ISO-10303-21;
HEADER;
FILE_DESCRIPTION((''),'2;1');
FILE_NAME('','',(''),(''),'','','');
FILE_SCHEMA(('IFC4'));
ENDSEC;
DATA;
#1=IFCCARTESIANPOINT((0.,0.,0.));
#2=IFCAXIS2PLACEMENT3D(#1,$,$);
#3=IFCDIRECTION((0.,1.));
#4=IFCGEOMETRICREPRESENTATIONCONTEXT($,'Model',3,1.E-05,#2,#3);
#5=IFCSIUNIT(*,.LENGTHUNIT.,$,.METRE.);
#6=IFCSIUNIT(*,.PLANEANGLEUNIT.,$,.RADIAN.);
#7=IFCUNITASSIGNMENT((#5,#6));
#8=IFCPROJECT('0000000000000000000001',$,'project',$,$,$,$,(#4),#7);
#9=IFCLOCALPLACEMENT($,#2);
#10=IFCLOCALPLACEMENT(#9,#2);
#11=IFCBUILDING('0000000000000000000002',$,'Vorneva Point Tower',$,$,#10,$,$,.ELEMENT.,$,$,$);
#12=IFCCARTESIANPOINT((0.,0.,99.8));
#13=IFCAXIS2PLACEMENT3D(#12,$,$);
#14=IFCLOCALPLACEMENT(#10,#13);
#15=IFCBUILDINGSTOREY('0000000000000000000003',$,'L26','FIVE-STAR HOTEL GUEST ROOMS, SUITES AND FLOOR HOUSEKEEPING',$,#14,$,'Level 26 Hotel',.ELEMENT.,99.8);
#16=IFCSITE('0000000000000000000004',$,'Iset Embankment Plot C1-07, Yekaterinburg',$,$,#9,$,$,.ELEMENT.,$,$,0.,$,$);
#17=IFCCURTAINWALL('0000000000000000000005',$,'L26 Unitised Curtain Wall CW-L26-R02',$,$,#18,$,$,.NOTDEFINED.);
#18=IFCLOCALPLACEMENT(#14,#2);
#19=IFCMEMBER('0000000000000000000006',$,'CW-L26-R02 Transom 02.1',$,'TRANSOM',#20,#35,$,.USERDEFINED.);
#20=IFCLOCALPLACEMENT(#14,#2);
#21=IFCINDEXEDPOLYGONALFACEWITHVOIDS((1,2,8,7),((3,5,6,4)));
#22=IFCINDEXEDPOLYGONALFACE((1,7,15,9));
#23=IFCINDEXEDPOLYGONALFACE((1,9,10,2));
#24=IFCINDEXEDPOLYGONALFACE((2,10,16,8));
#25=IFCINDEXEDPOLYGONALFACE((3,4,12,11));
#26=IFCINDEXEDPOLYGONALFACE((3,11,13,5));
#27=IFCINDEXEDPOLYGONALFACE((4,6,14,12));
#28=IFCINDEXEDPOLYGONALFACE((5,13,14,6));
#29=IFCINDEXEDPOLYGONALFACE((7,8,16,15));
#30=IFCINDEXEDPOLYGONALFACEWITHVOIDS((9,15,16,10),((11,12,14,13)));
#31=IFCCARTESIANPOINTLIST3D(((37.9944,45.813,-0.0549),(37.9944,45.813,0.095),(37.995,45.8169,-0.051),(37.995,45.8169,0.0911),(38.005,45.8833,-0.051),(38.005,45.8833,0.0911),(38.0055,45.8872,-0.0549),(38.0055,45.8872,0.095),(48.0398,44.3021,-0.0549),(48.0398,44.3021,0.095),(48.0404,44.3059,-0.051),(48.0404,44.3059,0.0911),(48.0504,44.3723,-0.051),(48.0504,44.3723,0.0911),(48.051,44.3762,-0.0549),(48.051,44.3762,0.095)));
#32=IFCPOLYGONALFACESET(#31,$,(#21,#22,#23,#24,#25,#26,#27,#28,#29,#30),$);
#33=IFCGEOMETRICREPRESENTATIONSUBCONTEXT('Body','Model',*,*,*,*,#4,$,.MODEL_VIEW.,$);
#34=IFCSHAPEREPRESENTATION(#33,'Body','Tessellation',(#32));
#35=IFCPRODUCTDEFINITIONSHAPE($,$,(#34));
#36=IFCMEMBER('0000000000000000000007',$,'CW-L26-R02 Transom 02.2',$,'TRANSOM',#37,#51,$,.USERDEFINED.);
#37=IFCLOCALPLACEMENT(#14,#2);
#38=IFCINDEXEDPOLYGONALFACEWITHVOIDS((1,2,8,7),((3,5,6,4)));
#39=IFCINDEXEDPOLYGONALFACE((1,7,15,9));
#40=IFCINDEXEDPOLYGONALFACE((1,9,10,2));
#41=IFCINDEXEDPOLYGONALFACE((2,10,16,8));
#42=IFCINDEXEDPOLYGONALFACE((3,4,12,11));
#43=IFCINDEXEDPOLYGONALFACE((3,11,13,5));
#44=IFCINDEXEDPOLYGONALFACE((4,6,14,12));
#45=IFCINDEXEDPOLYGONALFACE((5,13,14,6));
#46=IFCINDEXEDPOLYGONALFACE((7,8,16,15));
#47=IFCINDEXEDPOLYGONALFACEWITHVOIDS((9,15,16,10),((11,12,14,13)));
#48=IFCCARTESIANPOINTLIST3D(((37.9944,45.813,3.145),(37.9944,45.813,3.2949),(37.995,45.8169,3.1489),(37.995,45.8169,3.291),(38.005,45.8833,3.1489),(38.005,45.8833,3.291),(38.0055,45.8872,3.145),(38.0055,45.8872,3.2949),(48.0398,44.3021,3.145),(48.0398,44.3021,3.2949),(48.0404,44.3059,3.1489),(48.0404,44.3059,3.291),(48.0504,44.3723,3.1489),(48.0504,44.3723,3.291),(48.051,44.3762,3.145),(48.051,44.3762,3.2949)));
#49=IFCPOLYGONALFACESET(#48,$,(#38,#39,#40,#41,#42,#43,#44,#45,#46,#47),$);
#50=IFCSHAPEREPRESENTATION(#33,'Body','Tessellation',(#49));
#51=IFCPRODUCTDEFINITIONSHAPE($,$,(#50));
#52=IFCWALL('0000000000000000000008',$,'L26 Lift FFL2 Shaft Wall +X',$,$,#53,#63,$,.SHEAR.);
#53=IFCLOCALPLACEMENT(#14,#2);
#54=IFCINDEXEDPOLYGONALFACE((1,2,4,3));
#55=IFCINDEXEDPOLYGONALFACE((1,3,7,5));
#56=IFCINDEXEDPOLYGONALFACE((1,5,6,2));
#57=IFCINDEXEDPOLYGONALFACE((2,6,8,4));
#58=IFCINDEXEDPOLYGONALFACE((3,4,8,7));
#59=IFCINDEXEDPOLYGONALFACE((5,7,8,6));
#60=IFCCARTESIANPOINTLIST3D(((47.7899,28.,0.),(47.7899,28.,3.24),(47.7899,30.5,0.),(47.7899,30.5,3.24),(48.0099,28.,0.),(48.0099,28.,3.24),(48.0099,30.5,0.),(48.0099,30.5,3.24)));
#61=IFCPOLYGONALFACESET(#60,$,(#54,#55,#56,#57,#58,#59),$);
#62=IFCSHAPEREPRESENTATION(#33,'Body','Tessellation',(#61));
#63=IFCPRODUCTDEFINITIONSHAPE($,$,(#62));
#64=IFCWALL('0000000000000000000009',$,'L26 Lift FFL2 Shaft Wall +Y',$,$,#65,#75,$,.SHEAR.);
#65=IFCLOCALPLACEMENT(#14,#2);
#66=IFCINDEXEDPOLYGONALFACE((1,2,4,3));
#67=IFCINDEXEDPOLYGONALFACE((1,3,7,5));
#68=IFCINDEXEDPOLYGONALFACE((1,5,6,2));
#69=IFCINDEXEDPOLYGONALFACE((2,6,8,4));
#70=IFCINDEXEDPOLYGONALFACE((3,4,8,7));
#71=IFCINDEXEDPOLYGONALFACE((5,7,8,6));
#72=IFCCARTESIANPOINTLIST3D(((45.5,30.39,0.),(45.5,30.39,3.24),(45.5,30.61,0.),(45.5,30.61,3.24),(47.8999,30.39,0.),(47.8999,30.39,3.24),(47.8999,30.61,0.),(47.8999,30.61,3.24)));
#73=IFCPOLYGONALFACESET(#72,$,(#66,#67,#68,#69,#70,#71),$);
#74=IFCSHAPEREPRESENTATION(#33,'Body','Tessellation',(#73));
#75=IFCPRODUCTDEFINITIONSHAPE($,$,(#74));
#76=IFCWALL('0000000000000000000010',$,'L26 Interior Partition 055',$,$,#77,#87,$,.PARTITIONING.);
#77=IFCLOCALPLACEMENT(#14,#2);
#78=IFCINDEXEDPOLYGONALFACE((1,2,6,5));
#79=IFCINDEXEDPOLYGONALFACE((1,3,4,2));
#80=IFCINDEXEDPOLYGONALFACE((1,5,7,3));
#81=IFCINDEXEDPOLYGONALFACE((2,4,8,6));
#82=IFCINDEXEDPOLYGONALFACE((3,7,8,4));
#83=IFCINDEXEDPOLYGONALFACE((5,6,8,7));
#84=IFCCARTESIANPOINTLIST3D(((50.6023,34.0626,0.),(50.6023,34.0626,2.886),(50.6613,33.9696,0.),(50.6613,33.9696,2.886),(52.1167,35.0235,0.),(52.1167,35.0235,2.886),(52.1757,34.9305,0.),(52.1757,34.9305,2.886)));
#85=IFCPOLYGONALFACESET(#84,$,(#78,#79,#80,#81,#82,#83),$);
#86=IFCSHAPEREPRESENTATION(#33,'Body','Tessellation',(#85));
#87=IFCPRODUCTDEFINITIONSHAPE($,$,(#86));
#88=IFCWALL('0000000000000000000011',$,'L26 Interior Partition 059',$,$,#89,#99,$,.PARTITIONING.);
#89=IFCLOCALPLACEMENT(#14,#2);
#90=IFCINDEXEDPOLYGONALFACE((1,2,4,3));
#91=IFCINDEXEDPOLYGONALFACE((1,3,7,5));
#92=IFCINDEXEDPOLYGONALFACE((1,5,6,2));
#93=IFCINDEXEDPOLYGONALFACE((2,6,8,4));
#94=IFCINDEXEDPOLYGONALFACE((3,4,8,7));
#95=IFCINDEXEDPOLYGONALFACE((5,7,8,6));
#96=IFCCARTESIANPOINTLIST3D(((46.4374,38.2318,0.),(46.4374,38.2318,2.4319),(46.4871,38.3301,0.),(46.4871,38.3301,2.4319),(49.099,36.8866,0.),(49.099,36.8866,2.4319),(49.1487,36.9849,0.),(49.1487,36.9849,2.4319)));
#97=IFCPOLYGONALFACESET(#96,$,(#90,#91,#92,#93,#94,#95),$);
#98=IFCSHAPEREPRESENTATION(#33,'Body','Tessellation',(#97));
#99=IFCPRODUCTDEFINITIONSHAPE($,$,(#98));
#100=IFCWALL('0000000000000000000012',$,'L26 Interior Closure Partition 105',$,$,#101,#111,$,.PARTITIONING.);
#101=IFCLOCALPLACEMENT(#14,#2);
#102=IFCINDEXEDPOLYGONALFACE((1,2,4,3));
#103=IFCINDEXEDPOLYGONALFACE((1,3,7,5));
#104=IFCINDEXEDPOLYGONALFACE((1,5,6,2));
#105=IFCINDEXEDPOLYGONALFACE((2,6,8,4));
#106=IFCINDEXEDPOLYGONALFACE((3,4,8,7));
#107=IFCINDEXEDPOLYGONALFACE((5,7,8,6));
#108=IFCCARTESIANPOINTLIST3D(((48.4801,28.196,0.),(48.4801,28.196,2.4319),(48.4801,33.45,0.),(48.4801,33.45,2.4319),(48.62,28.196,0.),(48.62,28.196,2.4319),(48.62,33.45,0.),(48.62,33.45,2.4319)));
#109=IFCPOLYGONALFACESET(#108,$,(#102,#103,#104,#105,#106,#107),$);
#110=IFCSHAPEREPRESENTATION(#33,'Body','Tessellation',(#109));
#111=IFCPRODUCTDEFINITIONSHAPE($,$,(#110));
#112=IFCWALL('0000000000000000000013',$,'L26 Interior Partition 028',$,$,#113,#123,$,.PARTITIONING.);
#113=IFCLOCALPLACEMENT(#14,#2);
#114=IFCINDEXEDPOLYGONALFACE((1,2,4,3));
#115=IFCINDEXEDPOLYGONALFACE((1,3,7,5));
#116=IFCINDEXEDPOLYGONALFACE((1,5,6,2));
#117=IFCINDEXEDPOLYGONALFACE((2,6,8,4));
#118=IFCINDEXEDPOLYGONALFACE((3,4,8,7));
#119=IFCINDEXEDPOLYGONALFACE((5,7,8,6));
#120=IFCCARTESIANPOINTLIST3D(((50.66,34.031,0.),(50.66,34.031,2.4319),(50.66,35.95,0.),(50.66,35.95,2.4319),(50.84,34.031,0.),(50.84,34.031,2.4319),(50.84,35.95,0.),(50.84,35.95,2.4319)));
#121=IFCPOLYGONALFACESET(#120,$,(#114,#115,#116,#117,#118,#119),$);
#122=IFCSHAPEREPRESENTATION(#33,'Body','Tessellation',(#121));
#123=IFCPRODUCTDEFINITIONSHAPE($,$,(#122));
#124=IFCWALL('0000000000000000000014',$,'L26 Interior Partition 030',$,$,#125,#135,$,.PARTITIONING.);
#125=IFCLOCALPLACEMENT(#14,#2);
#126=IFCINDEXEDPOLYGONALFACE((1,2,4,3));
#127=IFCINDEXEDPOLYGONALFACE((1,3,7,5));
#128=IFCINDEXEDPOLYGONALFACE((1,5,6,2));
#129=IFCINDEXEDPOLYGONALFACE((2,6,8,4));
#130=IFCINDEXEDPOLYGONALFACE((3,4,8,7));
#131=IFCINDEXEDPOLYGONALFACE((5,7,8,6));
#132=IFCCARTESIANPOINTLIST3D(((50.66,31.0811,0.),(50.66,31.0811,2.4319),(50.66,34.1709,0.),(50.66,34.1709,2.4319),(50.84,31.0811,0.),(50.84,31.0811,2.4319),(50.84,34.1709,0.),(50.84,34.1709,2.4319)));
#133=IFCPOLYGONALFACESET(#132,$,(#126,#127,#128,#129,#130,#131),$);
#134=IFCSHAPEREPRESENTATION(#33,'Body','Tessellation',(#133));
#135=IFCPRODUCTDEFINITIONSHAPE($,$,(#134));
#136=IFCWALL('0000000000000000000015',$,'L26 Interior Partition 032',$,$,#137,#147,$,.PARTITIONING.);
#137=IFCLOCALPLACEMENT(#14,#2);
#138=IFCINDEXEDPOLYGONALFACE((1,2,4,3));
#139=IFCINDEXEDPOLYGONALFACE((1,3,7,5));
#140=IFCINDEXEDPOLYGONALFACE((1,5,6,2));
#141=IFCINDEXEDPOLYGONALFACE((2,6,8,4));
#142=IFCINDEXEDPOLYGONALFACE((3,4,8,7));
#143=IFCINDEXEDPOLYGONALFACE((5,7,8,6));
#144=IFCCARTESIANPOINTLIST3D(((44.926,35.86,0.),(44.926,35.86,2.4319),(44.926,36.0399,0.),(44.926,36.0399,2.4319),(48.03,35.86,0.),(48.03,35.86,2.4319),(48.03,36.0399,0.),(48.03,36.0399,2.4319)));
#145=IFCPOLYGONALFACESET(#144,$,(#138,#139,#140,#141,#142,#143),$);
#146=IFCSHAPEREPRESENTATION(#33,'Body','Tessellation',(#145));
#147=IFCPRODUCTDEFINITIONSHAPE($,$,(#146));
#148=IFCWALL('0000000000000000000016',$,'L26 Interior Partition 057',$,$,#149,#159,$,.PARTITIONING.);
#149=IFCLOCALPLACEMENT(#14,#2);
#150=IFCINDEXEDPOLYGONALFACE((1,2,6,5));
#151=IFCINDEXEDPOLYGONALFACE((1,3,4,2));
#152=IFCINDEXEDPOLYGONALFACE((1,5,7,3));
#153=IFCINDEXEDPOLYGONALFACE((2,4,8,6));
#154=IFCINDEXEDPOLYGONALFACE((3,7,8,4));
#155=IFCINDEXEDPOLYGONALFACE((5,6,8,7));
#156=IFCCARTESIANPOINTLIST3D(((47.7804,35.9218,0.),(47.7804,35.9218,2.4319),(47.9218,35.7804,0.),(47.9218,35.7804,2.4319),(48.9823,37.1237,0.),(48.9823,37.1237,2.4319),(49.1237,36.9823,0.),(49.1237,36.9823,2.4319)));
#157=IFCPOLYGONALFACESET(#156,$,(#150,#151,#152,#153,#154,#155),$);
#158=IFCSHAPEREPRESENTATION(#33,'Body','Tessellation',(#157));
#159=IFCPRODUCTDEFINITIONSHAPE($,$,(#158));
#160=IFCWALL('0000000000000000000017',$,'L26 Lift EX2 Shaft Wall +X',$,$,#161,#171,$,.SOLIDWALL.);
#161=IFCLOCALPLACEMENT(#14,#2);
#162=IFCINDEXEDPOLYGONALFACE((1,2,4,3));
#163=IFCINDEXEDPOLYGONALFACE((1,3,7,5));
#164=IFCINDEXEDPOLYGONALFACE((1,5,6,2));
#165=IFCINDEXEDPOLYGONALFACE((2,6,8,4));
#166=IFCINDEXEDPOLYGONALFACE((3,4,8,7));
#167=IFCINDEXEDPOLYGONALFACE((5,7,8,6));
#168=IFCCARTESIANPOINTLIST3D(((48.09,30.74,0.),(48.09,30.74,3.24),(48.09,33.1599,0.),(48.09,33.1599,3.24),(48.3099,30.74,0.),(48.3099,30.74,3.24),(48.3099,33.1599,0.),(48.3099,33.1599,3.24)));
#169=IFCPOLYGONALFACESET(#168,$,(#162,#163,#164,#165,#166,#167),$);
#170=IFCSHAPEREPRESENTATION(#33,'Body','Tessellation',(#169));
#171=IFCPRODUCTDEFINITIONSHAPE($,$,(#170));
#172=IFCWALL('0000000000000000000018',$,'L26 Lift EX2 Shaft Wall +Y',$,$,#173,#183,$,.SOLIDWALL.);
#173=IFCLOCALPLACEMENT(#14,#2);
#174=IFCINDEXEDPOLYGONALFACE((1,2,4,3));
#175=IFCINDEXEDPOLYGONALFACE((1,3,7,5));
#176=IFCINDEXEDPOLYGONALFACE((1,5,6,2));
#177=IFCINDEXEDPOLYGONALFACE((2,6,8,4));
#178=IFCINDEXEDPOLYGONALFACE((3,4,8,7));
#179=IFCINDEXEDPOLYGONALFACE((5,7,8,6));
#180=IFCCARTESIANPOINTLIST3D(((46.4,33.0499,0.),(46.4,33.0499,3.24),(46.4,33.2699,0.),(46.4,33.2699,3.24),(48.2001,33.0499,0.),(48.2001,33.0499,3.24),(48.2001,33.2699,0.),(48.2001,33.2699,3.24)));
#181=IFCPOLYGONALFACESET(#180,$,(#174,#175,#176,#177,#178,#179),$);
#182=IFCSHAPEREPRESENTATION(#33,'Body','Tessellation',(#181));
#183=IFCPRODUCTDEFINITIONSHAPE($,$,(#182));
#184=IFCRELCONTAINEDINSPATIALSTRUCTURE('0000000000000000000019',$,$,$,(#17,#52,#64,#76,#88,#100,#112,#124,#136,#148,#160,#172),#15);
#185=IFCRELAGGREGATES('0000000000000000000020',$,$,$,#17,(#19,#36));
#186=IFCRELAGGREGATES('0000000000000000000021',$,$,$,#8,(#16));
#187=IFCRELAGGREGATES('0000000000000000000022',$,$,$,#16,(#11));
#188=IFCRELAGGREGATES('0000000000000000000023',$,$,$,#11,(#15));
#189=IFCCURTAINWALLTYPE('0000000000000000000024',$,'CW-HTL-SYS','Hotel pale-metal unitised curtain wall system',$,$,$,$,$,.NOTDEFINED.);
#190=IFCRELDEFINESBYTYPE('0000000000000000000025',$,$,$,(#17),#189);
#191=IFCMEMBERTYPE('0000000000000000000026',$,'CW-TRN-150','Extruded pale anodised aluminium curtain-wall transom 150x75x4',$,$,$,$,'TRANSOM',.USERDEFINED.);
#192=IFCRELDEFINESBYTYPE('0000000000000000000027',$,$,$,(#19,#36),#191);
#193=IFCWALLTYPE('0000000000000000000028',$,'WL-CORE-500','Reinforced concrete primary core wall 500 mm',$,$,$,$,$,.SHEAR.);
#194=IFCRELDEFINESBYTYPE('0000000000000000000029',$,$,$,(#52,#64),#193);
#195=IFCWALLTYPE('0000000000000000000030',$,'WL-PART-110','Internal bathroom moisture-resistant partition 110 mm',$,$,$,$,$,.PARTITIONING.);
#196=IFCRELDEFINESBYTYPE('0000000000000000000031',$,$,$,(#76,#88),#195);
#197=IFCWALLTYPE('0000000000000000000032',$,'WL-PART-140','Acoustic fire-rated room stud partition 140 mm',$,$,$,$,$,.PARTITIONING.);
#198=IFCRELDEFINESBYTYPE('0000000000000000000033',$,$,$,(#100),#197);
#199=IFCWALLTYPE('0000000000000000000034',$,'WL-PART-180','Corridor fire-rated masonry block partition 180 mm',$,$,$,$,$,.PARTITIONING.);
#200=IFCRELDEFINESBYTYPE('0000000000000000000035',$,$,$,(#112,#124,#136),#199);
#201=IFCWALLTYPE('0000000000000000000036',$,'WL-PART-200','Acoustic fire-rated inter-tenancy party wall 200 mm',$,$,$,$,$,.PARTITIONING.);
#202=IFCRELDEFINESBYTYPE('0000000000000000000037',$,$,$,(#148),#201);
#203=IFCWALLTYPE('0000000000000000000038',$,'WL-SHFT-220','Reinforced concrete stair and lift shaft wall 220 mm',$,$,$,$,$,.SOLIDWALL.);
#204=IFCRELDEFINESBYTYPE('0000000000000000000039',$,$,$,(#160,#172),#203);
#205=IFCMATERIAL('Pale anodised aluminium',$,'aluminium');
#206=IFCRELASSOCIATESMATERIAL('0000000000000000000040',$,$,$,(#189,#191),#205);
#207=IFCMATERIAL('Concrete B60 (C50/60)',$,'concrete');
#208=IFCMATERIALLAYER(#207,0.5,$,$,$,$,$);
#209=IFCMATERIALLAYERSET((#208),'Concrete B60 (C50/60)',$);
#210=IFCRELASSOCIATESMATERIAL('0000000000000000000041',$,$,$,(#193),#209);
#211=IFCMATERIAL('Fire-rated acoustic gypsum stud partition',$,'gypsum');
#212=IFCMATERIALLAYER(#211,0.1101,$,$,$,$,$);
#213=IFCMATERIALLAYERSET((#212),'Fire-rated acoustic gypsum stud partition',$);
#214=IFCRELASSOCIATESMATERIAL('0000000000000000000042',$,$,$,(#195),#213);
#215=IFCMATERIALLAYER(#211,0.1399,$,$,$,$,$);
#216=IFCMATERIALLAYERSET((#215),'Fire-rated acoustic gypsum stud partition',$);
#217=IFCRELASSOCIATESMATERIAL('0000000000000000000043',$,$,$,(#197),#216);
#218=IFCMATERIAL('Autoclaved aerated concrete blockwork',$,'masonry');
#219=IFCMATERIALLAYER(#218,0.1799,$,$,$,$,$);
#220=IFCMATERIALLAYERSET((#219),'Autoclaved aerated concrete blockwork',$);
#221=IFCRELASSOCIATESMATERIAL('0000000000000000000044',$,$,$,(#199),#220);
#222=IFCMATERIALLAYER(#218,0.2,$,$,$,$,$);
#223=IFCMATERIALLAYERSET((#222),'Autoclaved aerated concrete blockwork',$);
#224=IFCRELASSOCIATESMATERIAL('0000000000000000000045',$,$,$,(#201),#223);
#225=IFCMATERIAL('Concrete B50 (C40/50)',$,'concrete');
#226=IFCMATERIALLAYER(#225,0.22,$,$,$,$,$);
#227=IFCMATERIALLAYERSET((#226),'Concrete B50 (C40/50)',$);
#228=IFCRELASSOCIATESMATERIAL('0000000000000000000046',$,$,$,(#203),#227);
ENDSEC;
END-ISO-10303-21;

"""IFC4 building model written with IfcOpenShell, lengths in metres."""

from ifc_helpers import new_model, si_unit, direction, frame, frame_2d, origin, origin_2d, place, context, subcontext, project, spatial, rectangle, hollow_rectangle, extrude, material, layer, layer_set, material_profile, profile_set, type_object, element, aggregate, save


model = new_model("IFC4")

# Units and contexts
model_context = context("Model", 3, precision=1e-05, world=origin(), true_north=direction((0.0, 1.0)))
body_context = subcontext(model_context, "Body", "Model", "MODEL_VIEW")
ifc_project = project(units=[si_unit("LENGTHUNIT", "METRE"), si_unit("PLANEANGLEUNIT", "RADIAN")], contexts=[model_context])

# Site, building, storey
site_placement = place(None, origin())
site = spatial("IfcSite", under=ifc_project, at=site_placement, Name="Iset Embankment Plot C1-07, Yekaterinburg", CompositionType="ELEMENT", RefElevation=0.0)
building_placement = place(site_placement, origin())
building = spatial("IfcBuilding", under=site, at=building_placement, Name="Vorneva Point Tower", CompositionType="ELEMENT")
storey_placement = place(building_placement, frame((0.0, 0.0, 99.8)))
storey = spatial("IfcBuildingStorey", under=building, at=storey_placement, Name="L26", Description="FIVE-STAR HOTEL GUEST ROOMS, SUITES AND FLOOR HOUSEKEEPING", LongName="Level 26 Hotel", CompositionType="ELEMENT", Elevation=99.8)

# Shared definitions
ifc_material_1 = material(Name="Concrete B60 (C50/60)", Category="concrete")

# Curtain wall, members
ifc_material_2 = material(Name="Pale anodised aluminium", Category="aluminium")
curtain_wall_type = type_object("IfcCurtainWallType", Name="CW-HTL-SYS", Description="Hotel pale-metal unitised curtain wall system", PredefinedType="NOTDEFINED", material=ifc_material_2)
curtain_wall_placement = place(storey_placement, origin())
curtain_wall = element("IfcCurtainWall", 1, at=curtain_wall_placement, inside=storey, type_object=curtain_wall_type, Name="L26 Unitised Curtain Wall CW-L26-R02", PredefinedType="NOTDEFINED")
ifc_material_profile_1 = material_profile(ifc_material_2, hollow_rectangle(XDim=0.075, YDim=0.1499, WallThickness=0.0039, at=origin_2d()), Name="AL-TRN 150x75x4")
ifc_profile_set_1 = profile_set([ifc_material_profile_1], Name="Pale anodised aluminium")
member_type_1 = type_object("IfcMemberType", Name="CW-TRN-150", Description="Extruded pale anodised aluminium curtain-wall transom 150x75x4", ElementType="TRANSOM", PredefinedType="USERDEFINED", material=ifc_profile_set_1)
member_1_placement = place(storey_placement, frame((48.0454, 44.3391, 0.02), z_axis=(-0.988876, 0.148742, 0.0), x_axis=(-0.148742, -0.988876, 0.0)))
member_1 = element("IfcMember", 2, at=member_1_placement, type_object=member_type_1, Name="CW-L26-R02 Transom 02.1", ObjectType="TRANSOM", PredefinedType="USERDEFINED", context=body_context, shape_type="SweptSolid", body=[
    extrude(hollow_rectangle(XDim=0.075, YDim=0.1499, WallThickness=0.0039, at=origin_2d()), origin(), (0.0, 0.0, 1.0), 10.1584),
])
member_2_placement = place(storey_placement, frame((48.0454, 44.3391, 3.22), z_axis=(-0.988876, 0.148742, 0.0), x_axis=(-0.148742, -0.988876, 0.0)))
member_2 = element("IfcMember", 3, at=member_2_placement, type_object=member_type_1, Name="CW-L26-R02 Transom 02.2", ObjectType="TRANSOM", PredefinedType="USERDEFINED", context=body_context, shape_type="SweptSolid", body=[
    extrude(hollow_rectangle(XDim=0.075, YDim=0.1499, WallThickness=0.0039, at=origin_2d()), origin(), (0.0, 0.0, 1.0), 10.1584),
])
aggregate(curtain_wall, [member_1, member_2])

# Walls
ifc_layer_1 = layer(ifc_material_1, 0.5)
ifc_layer_set_1 = layer_set([ifc_layer_1], Name="Concrete B60 (C50/60)")
wall_type_1 = type_object("IfcWallType", Name="WL-CORE-500", Description="Reinforced concrete primary core wall 500 mm", PredefinedType="SHEAR", material=ifc_layer_set_1)
wall_1_placement = place(storey_placement, frame((47.8999, 28.0, 0.0), z_axis=(0.0, 0.0, 1.0), x_axis=(0.0, 1.0, 0.0)))
element("IfcWall", 4, at=wall_1_placement, inside=storey, type_object=wall_type_1, Name="L26 Lift FFL2 Shaft Wall +X", PredefinedType="SHEAR", context=body_context, shape_type="SweptSolid", body=[
    extrude(rectangle(XDim=2.5, YDim=0.22, at=frame_2d((1.25, 0.0))), origin(), (0.0, 0.0, 1.0), 3.24),
])
wall_2_placement = place(storey_placement, frame((47.8999, 30.5, 0.0), z_axis=(0.0, 0.0, 1.0), x_axis=(-1.0, 0.0, 0.0)))
element("IfcWall", 5, at=wall_2_placement, inside=storey, type_object=wall_type_1, Name="L26 Lift FFL2 Shaft Wall +Y", PredefinedType="SHEAR", context=body_context, shape_type="SweptSolid", body=[
    extrude(rectangle(XDim=2.3999, YDim=0.22, at=frame_2d((1.2, 0.0))), origin(), (0.0, 0.0, 1.0), 3.24),
])
ifc_material_3 = material(Name="Fire-rated acoustic gypsum stud partition", Category="gypsum")
ifc_layer_2 = layer(ifc_material_3, 0.1101)
ifc_layer_set_2 = layer_set([ifc_layer_2], Name="Fire-rated acoustic gypsum stud partition")
wall_type_2 = type_object("IfcWallType", Name="WL-PART-110", Description="Internal bathroom moisture-resistant partition 110 mm", PredefinedType="PARTITIONING", material=ifc_layer_set_2)
wall_3_placement = place(storey_placement, frame((50.6318, 34.0161, 0.0), z_axis=(0.0, 0.0, 1.0), x_axis=(0.844361, 0.535774, 0.0)))
element("IfcWall", 6, at=wall_3_placement, inside=storey, type_object=wall_type_2, Name="L26 Interior Partition 055", PredefinedType="PARTITIONING", context=body_context, shape_type="SweptSolid", body=[
    extrude(rectangle(XDim=1.7935, YDim=0.1101, at=frame_2d((0.8967, 0.0))), origin(), (0.0, 0.0, 1.0), 2.886),
])
wall_4_placement = place(storey_placement, frame((46.4622, 38.281, 0.0), z_axis=(0.0, 0.0, 1.0), x_axis=(0.892487, -0.451073, 0.0)))
element("IfcWall", 7, at=wall_4_placement, inside=storey, type_object=wall_type_2, Name="L26 Interior Partition 059", PredefinedType="PARTITIONING", context=body_context, shape_type="SweptSolid", body=[
    extrude(rectangle(XDim=2.9822, YDim=0.1101, at=frame_2d((1.4912, 0.0))), origin(), (0.0, 0.0, 1.0), 2.4319),
])
ifc_layer_3 = layer(ifc_material_3, 0.1399)
ifc_layer_set_3 = layer_set([ifc_layer_3], Name="Fire-rated acoustic gypsum stud partition")
wall_type_3 = type_object("IfcWallType", Name="WL-PART-140", Description="Acoustic fire-rated room stud partition 140 mm", PredefinedType="PARTITIONING", material=ifc_layer_set_3)
wall_5_placement = place(storey_placement, frame((48.55, 33.45, 0.0), z_axis=(0.0, 0.0, 1.0), x_axis=(0.0, -1.0, 0.0)))
element("IfcWall", 8, at=wall_5_placement, inside=storey, type_object=wall_type_3, Name="L26 Interior Closure Partition 105", PredefinedType="PARTITIONING", context=body_context, shape_type="SweptSolid", body=[
    extrude(rectangle(XDim=5.2539, YDim=0.1399, at=frame_2d((2.627, 0.0))), origin(), (0.0, 0.0, 1.0), 2.4319),
])
ifc_material_4 = material(Name="Autoclaved aerated concrete blockwork", Category="masonry")
ifc_layer_4 = layer(ifc_material_4, 0.1799)
ifc_layer_set_4 = layer_set([ifc_layer_4], Name="Autoclaved aerated concrete blockwork")
wall_type_4 = type_object("IfcWallType", Name="WL-PART-180", Description="Corridor fire-rated masonry block partition 180 mm", PredefinedType="PARTITIONING", material=ifc_layer_set_4)
wall_6_placement = place(storey_placement, frame((50.75, 34.031, 0.0), z_axis=(0.0, 0.0, 1.0), x_axis=(0.0, 1.0, 0.0)))
element("IfcWall", 9, at=wall_6_placement, inside=storey, type_object=wall_type_4, Name="L26 Interior Partition 028", PredefinedType="PARTITIONING", context=body_context, shape_type="SweptSolid", body=[
    extrude(rectangle(XDim=1.9189, YDim=0.1799, at=frame_2d((0.9595, 0.0))), origin(), (0.0, 0.0, 1.0), 2.4319),
])
wall_7_placement = place(storey_placement, frame((50.75, 31.0811, 0.0), z_axis=(0.0, 0.0, 1.0), x_axis=(0.0, 1.0, 0.0)))
element("IfcWall", 10, at=wall_7_placement, inside=storey, type_object=wall_type_4, Name="L26 Interior Partition 030", PredefinedType="PARTITIONING", context=body_context, shape_type="SweptSolid", body=[
    extrude(rectangle(XDim=3.0898, YDim=0.1799, at=frame_2d((1.5449, 0.0))), origin(), (0.0, 0.0, 1.0), 2.4319),
])
wall_8_placement = place(storey_placement, frame((48.03, 35.95, 0.0), z_axis=(0.0, 0.0, 1.0), x_axis=(-1.0, 0.0, 0.0)))
element("IfcWall", 11, at=wall_8_placement, inside=storey, type_object=wall_type_4, Name="L26 Interior Partition 032", PredefinedType="PARTITIONING", context=body_context, shape_type="SweptSolid", body=[
    extrude(rectangle(XDim=3.104, YDim=0.1799, at=frame_2d((1.552, 0.0))), origin(), (0.0, 0.0, 1.0), 2.4319),
])
ifc_layer_5 = layer(ifc_material_4, 0.2)
ifc_layer_set_5 = layer_set([ifc_layer_5], Name="Autoclaved aerated concrete blockwork")
wall_type_5 = type_object("IfcWallType", Name="WL-PART-200", Description="Acoustic fire-rated inter-tenancy party wall 200 mm", PredefinedType="PARTITIONING", material=ifc_layer_set_5)
wall_9_placement = place(storey_placement, frame((49.053, 37.053, 0.0), z_axis=(0.0, 0.0, 1.0), x_axis=(-0.707107, -0.707107, 0.0)))
element("IfcWall", 12, at=wall_9_placement, inside=storey, type_object=wall_type_5, Name="L26 Interior Partition 057", PredefinedType="PARTITIONING", context=body_context, shape_type="SweptSolid", body=[
    extrude(rectangle(XDim=1.6997, YDim=0.2, at=frame_2d((0.8499, 0.0))), origin(), (0.0, 0.0, 1.0), 2.4319),
])
ifc_material_5 = material(Name="Concrete B50 (C40/50)", Category="concrete")
ifc_layer_6 = layer(ifc_material_5, 0.22)
ifc_layer_set_6 = layer_set([ifc_layer_6], Name="Concrete B50 (C40/50)")
wall_type_6 = type_object("IfcWallType", Name="WL-SHFT-220", Description="Reinforced concrete stair and lift shaft wall 220 mm", PredefinedType="SOLIDWALL", material=ifc_layer_set_6)
wall_10_placement = place(storey_placement, frame((48.2, 30.74, 0.0), z_axis=(0.0, 0.0, 1.0), x_axis=(0.0, 1.0, 0.0)))
element("IfcWall", 13, at=wall_10_placement, inside=storey, type_object=wall_type_6, Name="L26 Lift EX2 Shaft Wall +X", PredefinedType="SOLIDWALL", context=body_context, shape_type="SweptSolid", body=[
    extrude(rectangle(XDim=2.4199, YDim=0.22, at=frame_2d((1.21, 0.0))), origin(), (0.0, 0.0, 1.0), 3.24),
])
wall_11_placement = place(storey_placement, frame((48.2, 33.1599, 0.0), z_axis=(0.0, 0.0, 1.0), x_axis=(-1.0, 0.0, 0.0)))
element("IfcWall", 14, at=wall_11_placement, inside=storey, type_object=wall_type_6, Name="L26 Lift EX2 Shaft Wall +Y", PredefinedType="SOLIDWALL", context=body_context, shape_type="SweptSolid", body=[
    extrude(rectangle(XDim=1.8, YDim=0.22, at=frame_2d((0.8999, 0.0))), origin(), (0.0, 0.0, 1.0), 3.24),
])

save(model, "model.ifc")
